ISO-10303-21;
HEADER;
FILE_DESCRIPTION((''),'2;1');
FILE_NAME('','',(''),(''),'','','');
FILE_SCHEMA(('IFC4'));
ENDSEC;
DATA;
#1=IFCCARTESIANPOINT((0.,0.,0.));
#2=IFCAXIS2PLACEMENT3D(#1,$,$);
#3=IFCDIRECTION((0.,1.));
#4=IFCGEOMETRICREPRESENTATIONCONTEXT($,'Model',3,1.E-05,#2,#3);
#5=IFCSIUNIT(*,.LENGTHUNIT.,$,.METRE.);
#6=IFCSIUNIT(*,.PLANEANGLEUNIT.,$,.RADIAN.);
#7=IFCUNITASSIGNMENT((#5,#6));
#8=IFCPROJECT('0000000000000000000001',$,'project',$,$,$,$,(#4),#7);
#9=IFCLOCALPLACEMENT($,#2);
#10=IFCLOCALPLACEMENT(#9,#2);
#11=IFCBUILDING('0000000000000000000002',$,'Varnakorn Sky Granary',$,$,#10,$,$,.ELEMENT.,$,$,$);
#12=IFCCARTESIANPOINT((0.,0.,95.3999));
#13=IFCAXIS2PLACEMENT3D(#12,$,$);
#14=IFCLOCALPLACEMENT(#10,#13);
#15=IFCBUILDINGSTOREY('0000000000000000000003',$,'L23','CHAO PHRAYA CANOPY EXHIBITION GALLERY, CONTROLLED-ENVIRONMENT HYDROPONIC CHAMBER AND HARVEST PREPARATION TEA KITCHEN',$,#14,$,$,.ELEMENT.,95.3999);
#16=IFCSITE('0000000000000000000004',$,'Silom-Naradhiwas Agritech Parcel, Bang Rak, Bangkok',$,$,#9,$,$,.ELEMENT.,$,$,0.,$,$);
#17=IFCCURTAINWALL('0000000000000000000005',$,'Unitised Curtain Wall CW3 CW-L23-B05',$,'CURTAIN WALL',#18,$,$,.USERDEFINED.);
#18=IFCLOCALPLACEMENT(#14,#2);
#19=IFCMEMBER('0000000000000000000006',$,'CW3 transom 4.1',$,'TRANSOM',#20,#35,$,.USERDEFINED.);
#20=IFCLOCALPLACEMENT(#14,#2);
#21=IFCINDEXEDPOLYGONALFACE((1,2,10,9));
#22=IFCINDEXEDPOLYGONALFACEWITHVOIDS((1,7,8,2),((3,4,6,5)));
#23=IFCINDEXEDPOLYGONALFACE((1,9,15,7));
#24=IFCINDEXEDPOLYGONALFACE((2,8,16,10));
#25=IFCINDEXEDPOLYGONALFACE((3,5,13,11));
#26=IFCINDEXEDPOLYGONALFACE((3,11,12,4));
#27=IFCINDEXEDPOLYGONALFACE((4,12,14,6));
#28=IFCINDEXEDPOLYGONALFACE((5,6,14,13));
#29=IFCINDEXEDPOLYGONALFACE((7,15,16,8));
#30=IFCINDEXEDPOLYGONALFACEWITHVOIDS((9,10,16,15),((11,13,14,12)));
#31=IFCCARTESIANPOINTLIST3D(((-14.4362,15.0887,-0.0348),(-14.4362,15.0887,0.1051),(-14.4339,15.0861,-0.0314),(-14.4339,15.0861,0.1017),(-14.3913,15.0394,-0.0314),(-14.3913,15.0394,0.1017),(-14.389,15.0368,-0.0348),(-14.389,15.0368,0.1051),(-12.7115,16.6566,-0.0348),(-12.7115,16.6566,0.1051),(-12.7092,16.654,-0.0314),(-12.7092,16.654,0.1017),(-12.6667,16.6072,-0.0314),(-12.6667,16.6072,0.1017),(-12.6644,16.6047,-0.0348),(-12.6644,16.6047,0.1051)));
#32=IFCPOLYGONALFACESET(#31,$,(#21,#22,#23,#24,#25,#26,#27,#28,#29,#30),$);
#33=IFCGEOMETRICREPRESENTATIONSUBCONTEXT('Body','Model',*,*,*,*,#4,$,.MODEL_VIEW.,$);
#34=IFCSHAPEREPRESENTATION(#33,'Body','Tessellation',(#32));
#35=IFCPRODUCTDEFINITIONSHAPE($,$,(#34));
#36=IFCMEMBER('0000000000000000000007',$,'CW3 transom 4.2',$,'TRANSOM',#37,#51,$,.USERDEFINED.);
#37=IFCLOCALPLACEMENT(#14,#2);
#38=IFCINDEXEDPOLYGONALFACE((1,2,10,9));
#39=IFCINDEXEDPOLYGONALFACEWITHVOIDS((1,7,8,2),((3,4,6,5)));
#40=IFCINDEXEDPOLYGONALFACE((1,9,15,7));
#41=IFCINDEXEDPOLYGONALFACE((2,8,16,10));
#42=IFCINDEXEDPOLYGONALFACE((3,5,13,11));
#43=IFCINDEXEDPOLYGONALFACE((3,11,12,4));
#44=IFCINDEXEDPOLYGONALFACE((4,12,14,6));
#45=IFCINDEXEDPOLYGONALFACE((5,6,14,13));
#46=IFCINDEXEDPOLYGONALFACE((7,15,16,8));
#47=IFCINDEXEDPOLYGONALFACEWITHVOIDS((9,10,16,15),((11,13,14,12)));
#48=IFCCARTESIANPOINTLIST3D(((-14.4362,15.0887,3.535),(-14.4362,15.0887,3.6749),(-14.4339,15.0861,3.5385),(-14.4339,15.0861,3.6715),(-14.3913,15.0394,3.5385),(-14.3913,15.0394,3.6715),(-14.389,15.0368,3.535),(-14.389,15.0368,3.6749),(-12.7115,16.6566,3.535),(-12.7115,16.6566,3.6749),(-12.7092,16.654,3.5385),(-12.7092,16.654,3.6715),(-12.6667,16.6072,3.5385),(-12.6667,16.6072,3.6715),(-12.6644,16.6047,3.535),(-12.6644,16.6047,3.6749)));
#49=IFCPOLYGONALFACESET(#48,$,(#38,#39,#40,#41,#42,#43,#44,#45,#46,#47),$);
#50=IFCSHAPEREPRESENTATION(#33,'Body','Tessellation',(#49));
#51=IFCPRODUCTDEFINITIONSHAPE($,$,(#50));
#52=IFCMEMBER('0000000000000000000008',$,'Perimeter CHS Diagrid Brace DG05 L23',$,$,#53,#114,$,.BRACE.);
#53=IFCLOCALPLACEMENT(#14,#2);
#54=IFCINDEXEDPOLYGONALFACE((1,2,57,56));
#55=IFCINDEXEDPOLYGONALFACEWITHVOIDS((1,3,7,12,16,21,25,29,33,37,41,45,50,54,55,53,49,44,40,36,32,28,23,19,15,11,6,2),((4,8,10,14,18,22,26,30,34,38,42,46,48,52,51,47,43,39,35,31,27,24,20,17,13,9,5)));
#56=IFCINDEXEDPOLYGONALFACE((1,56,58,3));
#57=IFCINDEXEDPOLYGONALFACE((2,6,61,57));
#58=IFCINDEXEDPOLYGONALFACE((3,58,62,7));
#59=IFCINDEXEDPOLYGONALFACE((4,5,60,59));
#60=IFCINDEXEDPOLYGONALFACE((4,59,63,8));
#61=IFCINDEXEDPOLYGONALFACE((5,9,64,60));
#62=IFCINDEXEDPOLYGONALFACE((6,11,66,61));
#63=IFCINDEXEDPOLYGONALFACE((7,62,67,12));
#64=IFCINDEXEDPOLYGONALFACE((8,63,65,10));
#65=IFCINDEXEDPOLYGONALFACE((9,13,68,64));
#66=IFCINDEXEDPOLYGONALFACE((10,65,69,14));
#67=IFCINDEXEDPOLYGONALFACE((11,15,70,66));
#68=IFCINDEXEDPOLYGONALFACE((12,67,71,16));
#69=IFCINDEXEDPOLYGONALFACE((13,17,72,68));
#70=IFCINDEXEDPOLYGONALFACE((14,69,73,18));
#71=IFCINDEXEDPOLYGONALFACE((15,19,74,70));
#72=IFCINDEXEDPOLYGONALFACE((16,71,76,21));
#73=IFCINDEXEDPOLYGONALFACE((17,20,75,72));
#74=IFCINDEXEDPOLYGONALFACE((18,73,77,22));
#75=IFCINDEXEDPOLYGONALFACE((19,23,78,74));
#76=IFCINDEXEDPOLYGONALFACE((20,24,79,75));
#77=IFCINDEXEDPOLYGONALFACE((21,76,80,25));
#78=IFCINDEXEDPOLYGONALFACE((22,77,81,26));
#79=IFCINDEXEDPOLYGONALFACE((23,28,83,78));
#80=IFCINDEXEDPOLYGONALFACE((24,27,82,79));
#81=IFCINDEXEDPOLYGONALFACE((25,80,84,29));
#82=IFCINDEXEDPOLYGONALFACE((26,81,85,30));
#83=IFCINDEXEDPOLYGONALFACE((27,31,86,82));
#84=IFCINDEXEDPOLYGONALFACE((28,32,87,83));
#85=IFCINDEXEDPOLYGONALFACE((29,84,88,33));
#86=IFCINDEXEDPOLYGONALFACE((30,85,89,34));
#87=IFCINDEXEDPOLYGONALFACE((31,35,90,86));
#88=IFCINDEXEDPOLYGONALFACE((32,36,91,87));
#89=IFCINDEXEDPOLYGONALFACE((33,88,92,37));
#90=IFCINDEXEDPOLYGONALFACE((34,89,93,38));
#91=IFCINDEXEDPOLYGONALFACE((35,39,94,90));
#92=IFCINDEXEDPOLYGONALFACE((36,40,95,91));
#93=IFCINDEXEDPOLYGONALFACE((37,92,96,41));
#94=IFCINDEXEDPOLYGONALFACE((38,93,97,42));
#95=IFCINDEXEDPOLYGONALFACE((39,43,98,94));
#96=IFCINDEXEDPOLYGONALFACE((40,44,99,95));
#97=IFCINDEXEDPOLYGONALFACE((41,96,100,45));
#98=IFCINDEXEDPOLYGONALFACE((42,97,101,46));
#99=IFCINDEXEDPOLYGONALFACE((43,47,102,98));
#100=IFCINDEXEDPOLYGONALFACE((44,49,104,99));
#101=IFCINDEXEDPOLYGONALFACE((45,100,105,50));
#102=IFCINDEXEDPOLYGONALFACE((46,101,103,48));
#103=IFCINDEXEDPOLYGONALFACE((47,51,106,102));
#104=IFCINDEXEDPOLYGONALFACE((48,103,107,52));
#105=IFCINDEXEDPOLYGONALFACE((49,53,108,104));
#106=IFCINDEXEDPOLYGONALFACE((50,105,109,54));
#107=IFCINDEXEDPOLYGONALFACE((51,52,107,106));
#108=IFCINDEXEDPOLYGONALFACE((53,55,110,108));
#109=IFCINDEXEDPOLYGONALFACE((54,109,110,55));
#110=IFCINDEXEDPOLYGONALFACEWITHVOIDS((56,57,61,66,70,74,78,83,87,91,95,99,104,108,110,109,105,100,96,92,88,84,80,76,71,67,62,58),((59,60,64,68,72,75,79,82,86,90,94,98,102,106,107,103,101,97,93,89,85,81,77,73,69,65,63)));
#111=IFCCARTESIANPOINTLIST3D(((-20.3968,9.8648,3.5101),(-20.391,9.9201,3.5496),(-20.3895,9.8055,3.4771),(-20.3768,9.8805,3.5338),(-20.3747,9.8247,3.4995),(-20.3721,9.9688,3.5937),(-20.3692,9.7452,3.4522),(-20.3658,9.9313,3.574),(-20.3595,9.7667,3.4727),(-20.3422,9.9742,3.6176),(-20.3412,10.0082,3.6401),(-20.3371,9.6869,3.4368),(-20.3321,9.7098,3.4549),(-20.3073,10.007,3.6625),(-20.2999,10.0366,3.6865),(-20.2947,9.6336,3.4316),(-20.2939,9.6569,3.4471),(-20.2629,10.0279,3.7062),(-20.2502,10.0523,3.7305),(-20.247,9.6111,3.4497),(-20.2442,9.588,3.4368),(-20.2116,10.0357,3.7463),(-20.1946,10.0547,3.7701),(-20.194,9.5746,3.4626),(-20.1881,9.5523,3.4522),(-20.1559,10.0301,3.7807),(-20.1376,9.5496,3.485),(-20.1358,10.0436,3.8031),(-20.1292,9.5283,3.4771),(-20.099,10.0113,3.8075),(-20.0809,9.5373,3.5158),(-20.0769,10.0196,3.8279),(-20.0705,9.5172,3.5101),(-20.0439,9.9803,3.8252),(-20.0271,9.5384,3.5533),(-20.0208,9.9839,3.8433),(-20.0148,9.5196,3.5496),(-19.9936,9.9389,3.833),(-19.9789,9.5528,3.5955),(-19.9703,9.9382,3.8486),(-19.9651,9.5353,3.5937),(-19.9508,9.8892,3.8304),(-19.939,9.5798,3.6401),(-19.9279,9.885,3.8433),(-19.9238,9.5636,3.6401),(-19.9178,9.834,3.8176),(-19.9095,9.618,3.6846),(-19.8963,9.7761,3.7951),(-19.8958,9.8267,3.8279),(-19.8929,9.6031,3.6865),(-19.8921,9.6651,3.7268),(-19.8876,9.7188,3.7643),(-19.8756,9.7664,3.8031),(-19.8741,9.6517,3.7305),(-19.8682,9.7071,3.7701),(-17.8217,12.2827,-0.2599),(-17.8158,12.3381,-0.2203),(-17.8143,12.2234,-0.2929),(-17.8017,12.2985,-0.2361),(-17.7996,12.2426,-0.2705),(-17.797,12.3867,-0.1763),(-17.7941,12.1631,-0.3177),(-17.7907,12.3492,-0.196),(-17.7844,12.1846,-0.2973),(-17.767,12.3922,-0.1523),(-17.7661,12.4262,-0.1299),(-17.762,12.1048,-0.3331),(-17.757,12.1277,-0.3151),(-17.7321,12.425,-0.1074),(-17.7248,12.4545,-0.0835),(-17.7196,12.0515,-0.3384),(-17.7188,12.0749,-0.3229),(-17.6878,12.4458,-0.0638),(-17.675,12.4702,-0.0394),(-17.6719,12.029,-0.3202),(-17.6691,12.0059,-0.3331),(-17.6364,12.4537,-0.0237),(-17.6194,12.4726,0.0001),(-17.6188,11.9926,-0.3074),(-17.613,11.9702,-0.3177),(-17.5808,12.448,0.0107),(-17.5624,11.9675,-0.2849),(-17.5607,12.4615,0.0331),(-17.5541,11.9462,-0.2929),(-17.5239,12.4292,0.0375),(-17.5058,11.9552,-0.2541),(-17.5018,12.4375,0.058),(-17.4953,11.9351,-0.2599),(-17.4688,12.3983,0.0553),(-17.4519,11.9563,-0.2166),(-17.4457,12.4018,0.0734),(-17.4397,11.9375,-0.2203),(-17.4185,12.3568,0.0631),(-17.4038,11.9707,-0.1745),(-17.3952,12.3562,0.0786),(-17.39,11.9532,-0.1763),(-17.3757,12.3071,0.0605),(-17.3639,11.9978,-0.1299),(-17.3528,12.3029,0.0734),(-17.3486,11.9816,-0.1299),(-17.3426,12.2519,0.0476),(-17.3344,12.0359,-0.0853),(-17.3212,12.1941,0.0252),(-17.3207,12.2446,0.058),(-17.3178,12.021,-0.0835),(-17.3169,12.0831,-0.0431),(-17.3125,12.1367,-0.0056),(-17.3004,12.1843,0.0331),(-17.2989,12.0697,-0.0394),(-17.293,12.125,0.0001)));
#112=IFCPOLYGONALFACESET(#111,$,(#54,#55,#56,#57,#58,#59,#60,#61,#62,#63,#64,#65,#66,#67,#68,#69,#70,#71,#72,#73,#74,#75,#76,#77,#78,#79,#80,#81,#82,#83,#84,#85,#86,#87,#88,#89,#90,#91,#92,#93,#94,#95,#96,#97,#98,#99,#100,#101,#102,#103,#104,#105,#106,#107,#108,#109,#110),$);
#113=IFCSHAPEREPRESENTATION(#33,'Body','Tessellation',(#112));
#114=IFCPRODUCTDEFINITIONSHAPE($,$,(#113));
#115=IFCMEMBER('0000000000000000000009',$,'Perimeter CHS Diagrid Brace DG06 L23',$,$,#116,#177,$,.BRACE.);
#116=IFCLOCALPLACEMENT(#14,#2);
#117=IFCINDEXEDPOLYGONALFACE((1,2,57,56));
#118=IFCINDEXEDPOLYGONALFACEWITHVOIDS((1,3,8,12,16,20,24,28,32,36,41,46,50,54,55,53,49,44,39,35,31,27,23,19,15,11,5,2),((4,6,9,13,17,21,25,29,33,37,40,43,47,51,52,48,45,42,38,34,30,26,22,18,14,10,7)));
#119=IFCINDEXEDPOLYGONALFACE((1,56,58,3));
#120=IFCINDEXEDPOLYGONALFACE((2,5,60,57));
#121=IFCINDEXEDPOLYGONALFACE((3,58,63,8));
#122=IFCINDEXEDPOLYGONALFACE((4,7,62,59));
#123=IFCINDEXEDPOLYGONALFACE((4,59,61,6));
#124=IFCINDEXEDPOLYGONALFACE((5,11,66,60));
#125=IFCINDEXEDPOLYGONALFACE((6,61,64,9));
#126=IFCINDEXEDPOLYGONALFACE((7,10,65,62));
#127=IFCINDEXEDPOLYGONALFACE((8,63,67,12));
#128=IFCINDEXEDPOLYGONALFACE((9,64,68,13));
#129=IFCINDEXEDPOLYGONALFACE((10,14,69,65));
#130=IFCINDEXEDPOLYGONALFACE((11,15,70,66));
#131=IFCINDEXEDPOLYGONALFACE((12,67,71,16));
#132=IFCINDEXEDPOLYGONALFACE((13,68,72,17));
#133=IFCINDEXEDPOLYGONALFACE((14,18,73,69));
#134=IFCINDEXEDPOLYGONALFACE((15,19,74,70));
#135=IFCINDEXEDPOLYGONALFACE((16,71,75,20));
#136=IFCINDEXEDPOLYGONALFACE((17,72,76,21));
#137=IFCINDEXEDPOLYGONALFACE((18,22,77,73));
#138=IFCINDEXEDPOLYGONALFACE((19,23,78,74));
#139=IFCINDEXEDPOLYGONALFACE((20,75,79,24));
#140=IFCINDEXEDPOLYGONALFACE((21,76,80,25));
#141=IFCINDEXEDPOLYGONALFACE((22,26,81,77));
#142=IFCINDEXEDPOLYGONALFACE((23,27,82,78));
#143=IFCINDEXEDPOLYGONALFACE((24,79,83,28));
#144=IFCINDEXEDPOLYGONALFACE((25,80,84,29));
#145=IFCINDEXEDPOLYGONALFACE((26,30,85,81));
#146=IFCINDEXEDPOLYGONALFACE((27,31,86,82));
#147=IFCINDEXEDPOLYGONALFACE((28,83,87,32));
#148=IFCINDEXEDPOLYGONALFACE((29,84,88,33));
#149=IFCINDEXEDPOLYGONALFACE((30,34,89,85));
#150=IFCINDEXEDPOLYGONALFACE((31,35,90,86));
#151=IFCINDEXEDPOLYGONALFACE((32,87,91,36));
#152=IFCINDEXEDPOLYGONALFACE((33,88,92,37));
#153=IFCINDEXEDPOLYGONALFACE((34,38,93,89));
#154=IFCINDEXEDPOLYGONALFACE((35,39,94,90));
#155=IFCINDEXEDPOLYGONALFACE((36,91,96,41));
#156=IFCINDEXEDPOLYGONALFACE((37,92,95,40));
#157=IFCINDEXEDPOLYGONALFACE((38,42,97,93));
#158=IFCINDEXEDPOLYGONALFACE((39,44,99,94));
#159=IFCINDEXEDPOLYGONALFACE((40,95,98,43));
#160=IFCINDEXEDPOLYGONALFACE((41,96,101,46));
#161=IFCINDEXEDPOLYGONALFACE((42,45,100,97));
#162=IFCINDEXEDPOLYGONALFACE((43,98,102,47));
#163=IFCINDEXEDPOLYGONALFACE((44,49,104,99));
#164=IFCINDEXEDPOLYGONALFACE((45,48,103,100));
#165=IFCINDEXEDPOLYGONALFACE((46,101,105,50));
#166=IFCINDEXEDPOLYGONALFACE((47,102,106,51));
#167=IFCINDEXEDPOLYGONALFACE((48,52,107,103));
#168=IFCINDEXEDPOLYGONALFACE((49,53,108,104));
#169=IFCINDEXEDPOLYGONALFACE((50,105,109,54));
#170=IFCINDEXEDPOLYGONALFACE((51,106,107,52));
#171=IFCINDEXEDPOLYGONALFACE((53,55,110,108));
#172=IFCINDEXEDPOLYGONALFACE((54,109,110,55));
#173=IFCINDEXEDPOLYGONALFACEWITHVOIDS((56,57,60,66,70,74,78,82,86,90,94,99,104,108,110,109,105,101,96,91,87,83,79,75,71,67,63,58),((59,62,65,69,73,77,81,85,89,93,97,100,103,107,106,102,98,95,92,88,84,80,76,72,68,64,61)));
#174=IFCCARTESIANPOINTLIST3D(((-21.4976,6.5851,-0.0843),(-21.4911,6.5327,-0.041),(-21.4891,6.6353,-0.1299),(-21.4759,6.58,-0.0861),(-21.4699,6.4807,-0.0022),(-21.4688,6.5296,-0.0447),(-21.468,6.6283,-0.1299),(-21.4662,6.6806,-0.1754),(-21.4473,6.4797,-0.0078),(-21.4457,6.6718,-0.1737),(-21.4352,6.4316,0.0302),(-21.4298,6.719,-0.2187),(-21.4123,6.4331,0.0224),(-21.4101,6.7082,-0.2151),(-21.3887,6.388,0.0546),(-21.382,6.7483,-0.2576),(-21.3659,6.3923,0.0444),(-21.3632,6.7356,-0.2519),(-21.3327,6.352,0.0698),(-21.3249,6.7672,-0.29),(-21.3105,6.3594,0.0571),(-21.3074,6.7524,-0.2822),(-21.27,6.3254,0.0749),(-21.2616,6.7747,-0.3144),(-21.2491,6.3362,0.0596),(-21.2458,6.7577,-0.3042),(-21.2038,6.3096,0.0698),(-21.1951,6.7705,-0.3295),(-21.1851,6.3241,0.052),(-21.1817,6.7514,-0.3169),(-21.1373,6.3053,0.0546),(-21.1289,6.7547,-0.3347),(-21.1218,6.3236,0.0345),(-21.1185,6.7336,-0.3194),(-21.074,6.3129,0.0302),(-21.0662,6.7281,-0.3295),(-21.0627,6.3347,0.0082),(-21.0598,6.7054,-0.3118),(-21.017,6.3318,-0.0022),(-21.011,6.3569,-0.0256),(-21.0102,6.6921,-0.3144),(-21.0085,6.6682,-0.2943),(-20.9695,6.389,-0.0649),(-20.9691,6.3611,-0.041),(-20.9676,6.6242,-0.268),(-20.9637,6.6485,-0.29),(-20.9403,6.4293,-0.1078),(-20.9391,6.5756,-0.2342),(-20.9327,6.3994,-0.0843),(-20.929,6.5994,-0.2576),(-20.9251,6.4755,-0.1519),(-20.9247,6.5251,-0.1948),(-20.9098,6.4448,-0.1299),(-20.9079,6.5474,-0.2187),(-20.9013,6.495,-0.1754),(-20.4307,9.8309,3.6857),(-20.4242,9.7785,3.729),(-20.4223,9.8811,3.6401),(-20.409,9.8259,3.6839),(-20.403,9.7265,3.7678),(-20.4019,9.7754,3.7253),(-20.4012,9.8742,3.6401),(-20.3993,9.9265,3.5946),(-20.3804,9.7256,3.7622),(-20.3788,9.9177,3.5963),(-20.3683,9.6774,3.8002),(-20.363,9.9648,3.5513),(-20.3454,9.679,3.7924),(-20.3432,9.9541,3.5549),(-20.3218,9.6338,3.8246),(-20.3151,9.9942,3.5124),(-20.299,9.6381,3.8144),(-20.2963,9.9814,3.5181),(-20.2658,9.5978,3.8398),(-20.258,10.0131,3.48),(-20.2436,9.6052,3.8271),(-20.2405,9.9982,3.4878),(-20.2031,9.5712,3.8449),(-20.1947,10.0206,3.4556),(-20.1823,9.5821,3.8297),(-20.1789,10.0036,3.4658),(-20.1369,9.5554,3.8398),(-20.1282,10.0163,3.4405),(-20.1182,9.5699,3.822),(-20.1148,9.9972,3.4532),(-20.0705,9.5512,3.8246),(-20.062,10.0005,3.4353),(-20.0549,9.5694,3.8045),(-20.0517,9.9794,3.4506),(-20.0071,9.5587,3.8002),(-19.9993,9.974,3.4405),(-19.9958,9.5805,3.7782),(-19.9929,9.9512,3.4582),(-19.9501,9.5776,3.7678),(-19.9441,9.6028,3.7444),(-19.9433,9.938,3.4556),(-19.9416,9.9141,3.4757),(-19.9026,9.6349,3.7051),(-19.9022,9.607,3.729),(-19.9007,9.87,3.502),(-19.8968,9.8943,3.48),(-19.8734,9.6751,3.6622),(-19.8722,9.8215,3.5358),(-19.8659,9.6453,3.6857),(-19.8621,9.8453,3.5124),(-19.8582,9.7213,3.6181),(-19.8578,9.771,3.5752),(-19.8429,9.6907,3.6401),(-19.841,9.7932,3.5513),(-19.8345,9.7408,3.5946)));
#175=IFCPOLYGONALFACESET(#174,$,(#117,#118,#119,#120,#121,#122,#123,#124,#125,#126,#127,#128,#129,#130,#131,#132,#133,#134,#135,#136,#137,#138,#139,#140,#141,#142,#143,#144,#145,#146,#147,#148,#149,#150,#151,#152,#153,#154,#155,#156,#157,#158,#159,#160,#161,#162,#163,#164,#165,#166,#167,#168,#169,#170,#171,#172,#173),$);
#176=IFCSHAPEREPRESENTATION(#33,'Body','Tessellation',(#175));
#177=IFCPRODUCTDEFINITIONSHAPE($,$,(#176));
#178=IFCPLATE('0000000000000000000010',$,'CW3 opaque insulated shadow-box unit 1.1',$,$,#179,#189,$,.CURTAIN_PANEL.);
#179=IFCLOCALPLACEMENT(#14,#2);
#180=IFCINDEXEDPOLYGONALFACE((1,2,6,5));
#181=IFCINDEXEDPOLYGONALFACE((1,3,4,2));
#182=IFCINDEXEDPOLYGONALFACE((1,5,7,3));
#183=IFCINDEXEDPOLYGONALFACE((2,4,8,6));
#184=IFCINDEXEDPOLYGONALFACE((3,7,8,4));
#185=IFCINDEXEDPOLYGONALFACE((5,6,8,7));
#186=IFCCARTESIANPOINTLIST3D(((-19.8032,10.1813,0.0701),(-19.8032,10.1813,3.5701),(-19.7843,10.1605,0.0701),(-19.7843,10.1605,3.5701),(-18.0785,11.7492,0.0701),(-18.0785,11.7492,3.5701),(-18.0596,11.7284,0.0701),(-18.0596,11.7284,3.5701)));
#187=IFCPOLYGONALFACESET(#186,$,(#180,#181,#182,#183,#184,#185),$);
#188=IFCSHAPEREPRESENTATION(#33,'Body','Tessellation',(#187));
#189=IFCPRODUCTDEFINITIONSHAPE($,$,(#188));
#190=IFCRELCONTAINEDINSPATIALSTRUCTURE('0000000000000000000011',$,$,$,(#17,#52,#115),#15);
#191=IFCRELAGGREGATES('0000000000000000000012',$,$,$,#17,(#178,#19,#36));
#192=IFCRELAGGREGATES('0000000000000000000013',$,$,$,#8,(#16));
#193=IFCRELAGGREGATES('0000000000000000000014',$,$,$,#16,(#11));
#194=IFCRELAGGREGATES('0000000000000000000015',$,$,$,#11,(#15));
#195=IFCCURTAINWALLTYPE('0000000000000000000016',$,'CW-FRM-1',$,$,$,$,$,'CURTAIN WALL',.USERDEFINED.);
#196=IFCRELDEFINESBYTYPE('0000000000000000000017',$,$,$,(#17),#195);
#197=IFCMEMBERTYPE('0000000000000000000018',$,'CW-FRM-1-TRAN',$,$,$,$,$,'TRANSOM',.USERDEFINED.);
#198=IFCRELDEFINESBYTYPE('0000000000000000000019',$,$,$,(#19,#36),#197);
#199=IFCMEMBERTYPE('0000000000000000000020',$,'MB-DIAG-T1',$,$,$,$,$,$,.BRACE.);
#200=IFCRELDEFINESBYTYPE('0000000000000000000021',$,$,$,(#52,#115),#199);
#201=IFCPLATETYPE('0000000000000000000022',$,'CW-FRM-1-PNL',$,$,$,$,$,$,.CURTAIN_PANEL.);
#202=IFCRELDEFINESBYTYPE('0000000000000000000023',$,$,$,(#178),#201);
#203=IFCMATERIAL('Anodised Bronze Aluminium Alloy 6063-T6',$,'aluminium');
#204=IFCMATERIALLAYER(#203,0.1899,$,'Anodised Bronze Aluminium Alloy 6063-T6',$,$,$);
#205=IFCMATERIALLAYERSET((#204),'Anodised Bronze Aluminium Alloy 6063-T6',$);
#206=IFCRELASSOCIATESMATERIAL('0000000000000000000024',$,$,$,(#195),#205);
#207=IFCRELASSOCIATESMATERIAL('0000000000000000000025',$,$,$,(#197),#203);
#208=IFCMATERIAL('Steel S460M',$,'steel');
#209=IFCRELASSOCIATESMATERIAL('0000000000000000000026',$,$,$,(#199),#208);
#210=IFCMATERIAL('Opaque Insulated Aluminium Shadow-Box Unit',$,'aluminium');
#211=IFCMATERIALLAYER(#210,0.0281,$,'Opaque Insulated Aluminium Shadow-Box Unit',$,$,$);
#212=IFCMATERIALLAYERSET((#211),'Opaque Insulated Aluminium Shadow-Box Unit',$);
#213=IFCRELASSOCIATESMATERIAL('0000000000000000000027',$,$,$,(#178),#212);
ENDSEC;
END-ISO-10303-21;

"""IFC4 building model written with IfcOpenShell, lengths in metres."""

from ifc_helpers import new_model, si_unit, direction, frame, origin, origin_2d, place, context, subcontext, project, spatial, rectangle, hollow_rectangle, hollow_circle, extrude, source, transform, mapped, material, layer, layer_set, material_profile, profile_set, type_object, element, aggregate, save


model = new_model("IFC4")

# Units and contexts
model_context = context("Model", 3, precision=1e-05, world=origin(), true_north=direction((0.0, 1.0)))
body_context = subcontext(model_context, "Body", "Model", "MODEL_VIEW")
ifc_project = project(units=[si_unit("LENGTHUNIT", "METRE"), si_unit("PLANEANGLEUNIT", "RADIAN")], contexts=[model_context])

# Site, building, storey
site_placement = place(None, origin())
site = spatial("IfcSite", under=ifc_project, at=site_placement, Name="Silom-Naradhiwas Agritech Parcel, Bang Rak, Bangkok", CompositionType="ELEMENT", RefElevation=0.0)
building_placement = place(site_placement, origin())
building = spatial("IfcBuilding", under=site, at=building_placement, Name="Varnakorn Sky Granary", CompositionType="ELEMENT")
storey_placement = place(building_placement, frame((0.0, 0.0, 95.3999)))
storey = spatial("IfcBuildingStorey", under=building, at=storey_placement, Name="L23", Description="CHAO PHRAYA CANOPY EXHIBITION GALLERY, CONTROLLED-ENVIRONMENT HYDROPONIC CHAMBER AND HARVEST PREPARATION TEA KITCHEN", CompositionType="ELEMENT", Elevation=95.3999)

# Shared definitions
ifc_material_1 = material(Name="Steel S460M", Category="steel")

# Curtain wall
ifc_material_2 = material(Name="Anodised Bronze Aluminium Alloy 6063-T6", Category="aluminium")
ifc_layer_1 = layer(ifc_material_2, 0.1899, Name="Anodised Bronze Aluminium Alloy 6063-T6")
ifc_layer_set_1 = layer_set([ifc_layer_1], Name="Anodised Bronze Aluminium Alloy 6063-T6")
curtain_wall_type = type_object("IfcCurtainWallType", Name="CW-FRM-1", ElementType="CURTAIN WALL", PredefinedType="USERDEFINED", material=ifc_layer_set_1)
curtain_wall_1_placement = place(storey_placement, origin())
curtain_wall_1 = element("IfcCurtainWall", 1, at=curtain_wall_1_placement, inside=storey, type_object=curtain_wall_type, Name="Unitised Curtain Wall CW3 CW-L23-B05", ObjectType="CURTAIN WALL", PredefinedType="USERDEFINED")

# Members
ifc_material_profile_1 = material_profile(ifc_material_2, hollow_rectangle(XDim=0.0701, YDim=0.1399, WallThickness=0.0034, at=origin_2d()), Name="ALU TRAN 70x140")
ifc_profile_set_1 = profile_set([ifc_material_profile_1], Name="Anodised Bronze Aluminium Alloy 6063-T6")
member_type_1 = type_object("IfcMemberType", Name="CW-FRM-1-TRAN", ElementType="TRANSOM", PredefinedType="USERDEFINED", material=ifc_profile_set_1)
member_1_placement = place(storey_placement, frame((-14.4126, 15.0627, 0.0352), z_axis=(0.739931, 0.672683, 0.0), x_axis=(-0.672683, 0.739931, 0.0)))
member_1 = element("IfcMember", 2, at=member_1_placement, type_object=member_type_1, Name="CW3 transom 4.1", ObjectType="TRANSOM", PredefinedType="USERDEFINED", context=body_context, shape_type="SweptSolid", body=[
    extrude(hollow_rectangle(XDim=0.0701, YDim=0.1399, WallThickness=0.0034, at=origin_2d()), origin(), (0.0, 0.0, 1.0), 2.3308),
])
member_2_placement = place(storey_placement, frame((-14.4126, 15.0627, 3.605), z_axis=(0.739931, 0.672683, 0.0), x_axis=(-0.672683, 0.739931, 0.0)))
member_2 = element("IfcMember", 3, at=member_2_placement, type_object=member_type_1, Name="CW3 transom 4.2", ObjectType="TRANSOM", PredefinedType="USERDEFINED", context=body_context, shape_type="SweptSolid", body=[
    extrude(hollow_rectangle(XDim=0.0701, YDim=0.1399, WallThickness=0.0034, at=origin_2d()), origin(), (0.0, 0.0, 1.0), 2.3308),
])

# Members
ifc_material_profile_2 = material_profile(ifc_material_1, hollow_circle(Radius=0.3049, WallThickness=0.0222, at=origin_2d()), Name="CHS 610x22")
ifc_profile_set_2 = profile_set([ifc_material_profile_2], Name="Steel S460M")
member_type_2 = type_object("IfcMemberType", Name="MB-DIAG-T1", PredefinedType="BRACE", material=ifc_profile_set_2)
member_3_placement = place(storey_placement, frame((-17.5574, 12.2039, -0.1299), z_axis=(-0.498455, -0.468022, 0.729725), x_axis=(0.684502, -0.729011, 0.0)))
element("IfcMember", 4, at=member_3_placement, inside=storey, type_object=member_type_2, Name="Perimeter CHS Diagrid Brace DG05 L23", PredefinedType="BRACE", context=body_context, shape_type="SweptSolid", body=[
    extrude(hollow_circle(Radius=0.3049, WallThickness=0.0222, at=origin_2d()), origin(), (0.0, 0.0, 1.0), 5.1663),
])
member_4_placement = place(storey_placement, frame((-21.1995, 6.54, -0.1299), z_axis=(0.209692, 0.637953, 0.740976), x_axis=(-0.949997, 0.312259, 0.0)))
element("IfcMember", 5, at=member_4_placement, inside=storey, type_object=member_type_2, Name="Perimeter CHS Diagrid Brace DG06 L23", PredefinedType="BRACE", context=body_context, shape_type="SweptSolid", body=[
    extrude(hollow_circle(Radius=0.3049, WallThickness=0.0222, at=origin_2d()), origin(), (0.0, 0.0, 1.0), 5.0879),
])

# Plate
ifc_material_3 = material(Name="Opaque Insulated Aluminium Shadow-Box Unit", Category="aluminium")
ifc_layer_2 = layer(ifc_material_3, 0.0281, Name="Opaque Insulated Aluminium Shadow-Box Unit")
ifc_layer_set_2 = layer_set([ifc_layer_2], Name="Opaque Insulated Aluminium Shadow-Box Unit")
plate_type = type_object("IfcPlateType", Name="CW-FRM-1-PNL", PredefinedType="CURTAIN_PANEL")
shared_shape_1 = source(origin(), body_context, "Body", "SweptSolid", [
    extrude(rectangle(XDim=2.3308, YDim=0.0281, at=origin_2d()), origin(), (0.0, 0.0, 1.0), 3.5),
])
plate_1_placement = place(storey_placement, frame((-18.9314, 10.9548, 0.0701), z_axis=(0.0, 0.0, 1.0), x_axis=(0.739941, 0.672672, 0.0)))
plate_1 = element("IfcPlate", 6, at=plate_1_placement, type_object=plate_type, material=ifc_layer_set_2, Name="CW3 opaque insulated shadow-box unit 1.1", PredefinedType="CURTAIN_PANEL", context=body_context, shape_type="MappedRepresentation", body=[
    mapped(shared_shape_1, transform((0.0, 0.0, 0.0), x_axis=(1.0, 0.0, 0.0), y_axis=(0.0, 1.0, 0.0), z_axis=(0.0, 0.0, 1.0), scale=1.0)),
])
aggregate(curtain_wall_1, [plate_1, member_1, member_2])

save(model, "model.ifc")
